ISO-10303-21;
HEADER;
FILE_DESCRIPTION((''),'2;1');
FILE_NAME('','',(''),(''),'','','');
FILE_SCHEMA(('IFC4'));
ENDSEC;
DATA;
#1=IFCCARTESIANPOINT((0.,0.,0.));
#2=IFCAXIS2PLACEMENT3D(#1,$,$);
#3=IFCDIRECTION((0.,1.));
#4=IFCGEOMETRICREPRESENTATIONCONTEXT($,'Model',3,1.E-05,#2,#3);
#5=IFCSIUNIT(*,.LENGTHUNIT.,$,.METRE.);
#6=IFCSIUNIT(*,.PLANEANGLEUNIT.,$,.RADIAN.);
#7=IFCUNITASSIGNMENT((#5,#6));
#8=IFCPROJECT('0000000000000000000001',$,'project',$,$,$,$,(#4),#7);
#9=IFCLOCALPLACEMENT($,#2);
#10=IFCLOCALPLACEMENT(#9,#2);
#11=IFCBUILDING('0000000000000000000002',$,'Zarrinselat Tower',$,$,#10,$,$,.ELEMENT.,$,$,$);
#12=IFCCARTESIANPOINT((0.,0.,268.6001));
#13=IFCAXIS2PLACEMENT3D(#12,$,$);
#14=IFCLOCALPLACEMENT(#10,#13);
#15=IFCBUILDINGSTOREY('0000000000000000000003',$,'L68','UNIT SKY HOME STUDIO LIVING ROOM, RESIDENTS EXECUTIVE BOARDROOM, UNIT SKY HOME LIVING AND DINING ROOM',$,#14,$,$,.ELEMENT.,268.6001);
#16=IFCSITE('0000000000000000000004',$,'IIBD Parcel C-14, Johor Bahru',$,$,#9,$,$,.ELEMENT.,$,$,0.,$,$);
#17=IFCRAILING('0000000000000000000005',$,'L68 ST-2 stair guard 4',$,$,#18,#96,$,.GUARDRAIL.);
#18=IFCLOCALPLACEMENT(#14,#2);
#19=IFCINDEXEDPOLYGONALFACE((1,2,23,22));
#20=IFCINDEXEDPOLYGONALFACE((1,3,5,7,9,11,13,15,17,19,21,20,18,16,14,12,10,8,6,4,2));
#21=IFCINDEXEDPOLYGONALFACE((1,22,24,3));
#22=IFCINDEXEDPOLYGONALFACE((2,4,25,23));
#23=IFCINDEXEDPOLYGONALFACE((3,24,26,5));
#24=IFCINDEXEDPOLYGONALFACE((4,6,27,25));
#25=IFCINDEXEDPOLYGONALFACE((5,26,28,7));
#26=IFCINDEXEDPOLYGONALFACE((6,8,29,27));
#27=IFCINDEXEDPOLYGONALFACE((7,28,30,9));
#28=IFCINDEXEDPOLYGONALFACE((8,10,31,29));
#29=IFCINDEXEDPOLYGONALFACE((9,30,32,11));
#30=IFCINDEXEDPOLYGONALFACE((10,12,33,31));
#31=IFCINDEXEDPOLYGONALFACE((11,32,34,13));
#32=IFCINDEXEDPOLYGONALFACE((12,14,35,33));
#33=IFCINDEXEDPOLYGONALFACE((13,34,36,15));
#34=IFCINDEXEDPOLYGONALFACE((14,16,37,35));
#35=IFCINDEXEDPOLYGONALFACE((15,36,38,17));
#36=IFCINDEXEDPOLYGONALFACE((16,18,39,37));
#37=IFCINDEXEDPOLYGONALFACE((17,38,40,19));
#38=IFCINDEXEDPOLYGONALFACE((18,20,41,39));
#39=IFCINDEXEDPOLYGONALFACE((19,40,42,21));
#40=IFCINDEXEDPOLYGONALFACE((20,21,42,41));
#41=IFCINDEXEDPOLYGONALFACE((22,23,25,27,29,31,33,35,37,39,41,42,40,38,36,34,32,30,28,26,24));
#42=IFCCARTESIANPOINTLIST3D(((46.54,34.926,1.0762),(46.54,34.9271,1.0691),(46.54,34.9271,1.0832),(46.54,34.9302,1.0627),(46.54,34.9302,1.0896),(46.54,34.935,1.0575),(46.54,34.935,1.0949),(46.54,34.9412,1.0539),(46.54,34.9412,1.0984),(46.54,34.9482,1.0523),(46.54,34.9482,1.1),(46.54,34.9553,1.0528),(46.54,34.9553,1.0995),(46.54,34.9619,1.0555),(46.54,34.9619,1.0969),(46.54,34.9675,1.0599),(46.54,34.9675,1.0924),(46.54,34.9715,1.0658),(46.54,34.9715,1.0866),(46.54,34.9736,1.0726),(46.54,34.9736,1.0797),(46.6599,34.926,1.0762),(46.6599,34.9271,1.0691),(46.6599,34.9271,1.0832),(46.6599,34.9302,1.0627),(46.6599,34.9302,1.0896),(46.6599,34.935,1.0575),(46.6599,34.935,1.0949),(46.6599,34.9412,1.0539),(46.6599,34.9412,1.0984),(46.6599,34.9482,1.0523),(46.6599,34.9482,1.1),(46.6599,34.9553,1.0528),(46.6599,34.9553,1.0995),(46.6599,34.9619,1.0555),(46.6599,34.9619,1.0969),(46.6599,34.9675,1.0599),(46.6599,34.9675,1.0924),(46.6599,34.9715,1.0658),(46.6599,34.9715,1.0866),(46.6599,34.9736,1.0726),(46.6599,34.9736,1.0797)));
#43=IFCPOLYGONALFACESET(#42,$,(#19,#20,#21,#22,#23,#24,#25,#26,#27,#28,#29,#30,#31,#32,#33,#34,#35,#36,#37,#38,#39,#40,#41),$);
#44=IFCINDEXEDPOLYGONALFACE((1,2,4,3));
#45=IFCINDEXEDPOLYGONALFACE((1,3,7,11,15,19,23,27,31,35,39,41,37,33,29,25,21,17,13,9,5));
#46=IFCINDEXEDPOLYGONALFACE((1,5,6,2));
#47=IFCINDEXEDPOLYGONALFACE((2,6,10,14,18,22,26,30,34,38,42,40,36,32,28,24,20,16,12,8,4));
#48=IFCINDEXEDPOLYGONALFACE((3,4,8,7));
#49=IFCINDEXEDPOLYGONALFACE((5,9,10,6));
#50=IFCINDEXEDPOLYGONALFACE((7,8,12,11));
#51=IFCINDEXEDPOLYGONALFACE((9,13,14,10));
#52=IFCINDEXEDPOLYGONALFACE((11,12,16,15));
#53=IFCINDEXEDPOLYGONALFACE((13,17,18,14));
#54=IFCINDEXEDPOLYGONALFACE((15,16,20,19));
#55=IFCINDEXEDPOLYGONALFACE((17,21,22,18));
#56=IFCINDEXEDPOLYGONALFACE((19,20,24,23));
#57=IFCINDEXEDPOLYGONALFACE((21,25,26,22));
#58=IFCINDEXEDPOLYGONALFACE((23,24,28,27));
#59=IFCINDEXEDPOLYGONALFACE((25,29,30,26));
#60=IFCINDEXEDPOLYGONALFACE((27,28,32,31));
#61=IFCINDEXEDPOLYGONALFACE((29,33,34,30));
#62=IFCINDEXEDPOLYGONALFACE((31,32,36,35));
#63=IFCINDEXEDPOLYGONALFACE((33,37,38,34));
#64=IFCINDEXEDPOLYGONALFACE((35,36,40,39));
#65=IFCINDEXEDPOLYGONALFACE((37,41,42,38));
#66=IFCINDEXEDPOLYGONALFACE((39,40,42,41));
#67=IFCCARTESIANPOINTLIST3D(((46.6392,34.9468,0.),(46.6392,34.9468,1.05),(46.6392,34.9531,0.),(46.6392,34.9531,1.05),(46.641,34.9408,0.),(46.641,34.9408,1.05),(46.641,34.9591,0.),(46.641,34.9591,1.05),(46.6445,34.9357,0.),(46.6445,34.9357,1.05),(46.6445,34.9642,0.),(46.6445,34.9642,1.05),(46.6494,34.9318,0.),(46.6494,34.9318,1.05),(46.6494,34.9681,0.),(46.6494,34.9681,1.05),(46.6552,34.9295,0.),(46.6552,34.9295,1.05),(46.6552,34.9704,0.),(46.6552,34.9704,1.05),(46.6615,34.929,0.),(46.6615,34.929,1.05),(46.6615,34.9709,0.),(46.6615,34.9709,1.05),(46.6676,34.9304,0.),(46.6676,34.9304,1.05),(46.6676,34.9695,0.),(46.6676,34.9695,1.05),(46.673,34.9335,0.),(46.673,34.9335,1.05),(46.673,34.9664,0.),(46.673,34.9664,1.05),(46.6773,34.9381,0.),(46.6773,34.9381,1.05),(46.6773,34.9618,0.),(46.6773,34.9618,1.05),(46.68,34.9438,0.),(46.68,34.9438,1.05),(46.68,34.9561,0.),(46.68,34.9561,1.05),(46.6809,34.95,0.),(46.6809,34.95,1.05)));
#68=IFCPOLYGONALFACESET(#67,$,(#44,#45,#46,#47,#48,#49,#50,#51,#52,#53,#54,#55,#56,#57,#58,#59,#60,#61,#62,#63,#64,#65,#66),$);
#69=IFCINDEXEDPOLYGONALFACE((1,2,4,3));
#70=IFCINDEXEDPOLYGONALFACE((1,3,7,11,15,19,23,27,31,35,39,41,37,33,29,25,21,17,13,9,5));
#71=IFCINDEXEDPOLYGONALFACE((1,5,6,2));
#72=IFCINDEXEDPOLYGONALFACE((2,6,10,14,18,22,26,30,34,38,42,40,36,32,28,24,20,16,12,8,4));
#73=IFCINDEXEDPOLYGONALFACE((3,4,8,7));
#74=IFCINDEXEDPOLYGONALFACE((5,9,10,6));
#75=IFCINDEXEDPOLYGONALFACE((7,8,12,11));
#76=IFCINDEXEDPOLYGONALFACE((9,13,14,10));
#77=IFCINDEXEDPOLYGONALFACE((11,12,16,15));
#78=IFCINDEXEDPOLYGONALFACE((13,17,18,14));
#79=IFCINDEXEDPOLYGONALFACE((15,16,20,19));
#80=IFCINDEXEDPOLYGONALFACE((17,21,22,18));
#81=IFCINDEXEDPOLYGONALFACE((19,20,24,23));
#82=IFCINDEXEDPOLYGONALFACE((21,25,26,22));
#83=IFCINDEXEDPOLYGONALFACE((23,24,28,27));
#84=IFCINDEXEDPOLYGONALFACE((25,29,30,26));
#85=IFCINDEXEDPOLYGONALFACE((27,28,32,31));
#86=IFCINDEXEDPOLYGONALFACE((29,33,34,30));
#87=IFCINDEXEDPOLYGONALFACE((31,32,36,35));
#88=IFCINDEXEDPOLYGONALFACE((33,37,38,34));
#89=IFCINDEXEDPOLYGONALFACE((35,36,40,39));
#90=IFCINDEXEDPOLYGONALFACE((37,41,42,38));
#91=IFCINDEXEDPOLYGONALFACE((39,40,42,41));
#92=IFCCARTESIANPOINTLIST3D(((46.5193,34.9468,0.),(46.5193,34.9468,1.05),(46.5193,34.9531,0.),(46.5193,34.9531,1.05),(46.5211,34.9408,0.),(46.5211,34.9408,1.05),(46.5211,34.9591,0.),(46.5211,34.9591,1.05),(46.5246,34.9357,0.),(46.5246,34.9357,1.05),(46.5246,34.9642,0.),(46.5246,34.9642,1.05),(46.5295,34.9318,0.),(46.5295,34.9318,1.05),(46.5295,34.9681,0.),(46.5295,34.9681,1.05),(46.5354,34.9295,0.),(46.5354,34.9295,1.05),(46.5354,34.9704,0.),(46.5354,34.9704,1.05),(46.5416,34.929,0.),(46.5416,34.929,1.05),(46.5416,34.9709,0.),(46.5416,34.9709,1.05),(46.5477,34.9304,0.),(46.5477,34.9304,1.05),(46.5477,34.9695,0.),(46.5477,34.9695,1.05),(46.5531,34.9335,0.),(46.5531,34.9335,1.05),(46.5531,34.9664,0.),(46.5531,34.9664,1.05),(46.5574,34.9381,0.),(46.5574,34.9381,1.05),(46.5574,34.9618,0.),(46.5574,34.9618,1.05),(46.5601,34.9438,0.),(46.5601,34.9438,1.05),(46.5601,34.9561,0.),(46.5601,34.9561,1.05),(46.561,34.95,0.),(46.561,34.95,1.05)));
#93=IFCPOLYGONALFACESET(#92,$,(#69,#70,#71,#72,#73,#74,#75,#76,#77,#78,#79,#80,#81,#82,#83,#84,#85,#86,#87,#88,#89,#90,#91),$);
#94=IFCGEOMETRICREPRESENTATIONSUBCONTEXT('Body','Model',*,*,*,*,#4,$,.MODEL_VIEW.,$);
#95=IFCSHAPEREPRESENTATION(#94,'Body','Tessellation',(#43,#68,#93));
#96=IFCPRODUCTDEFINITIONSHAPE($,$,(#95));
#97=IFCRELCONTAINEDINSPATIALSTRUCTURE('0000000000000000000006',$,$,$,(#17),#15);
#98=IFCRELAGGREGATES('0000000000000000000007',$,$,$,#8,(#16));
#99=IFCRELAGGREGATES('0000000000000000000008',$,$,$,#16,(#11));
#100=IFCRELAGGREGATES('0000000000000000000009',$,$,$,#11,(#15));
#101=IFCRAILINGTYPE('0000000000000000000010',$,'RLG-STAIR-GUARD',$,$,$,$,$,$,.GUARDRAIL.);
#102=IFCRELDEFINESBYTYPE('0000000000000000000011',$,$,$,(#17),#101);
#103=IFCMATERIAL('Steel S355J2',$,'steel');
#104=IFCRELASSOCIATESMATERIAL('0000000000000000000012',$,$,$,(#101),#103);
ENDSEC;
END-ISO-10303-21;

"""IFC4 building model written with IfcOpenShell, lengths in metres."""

from ifc_helpers import new_model, si_unit, direction, frame, origin, origin_2d, place, context, subcontext, project, spatial, circle, extrude, material, type_object, element, save


model = new_model("IFC4")

# Units and contexts
model_context = context("Model", 3, precision=1e-05, world=origin(), true_north=direction((0.0, 1.0)))
body_context = subcontext(model_context, "Body", "Model", "MODEL_VIEW")
ifc_project = project(units=[si_unit("LENGTHUNIT", "METRE"), si_unit("PLANEANGLEUNIT", "RADIAN")], contexts=[model_context])

# Site, building, storey
site_placement = place(None, origin())
site = spatial("IfcSite", under=ifc_project, at=site_placement, Name="IIBD Parcel C-14, Johor Bahru", CompositionType="ELEMENT", RefElevation=0.0)
building_placement = place(site_placement, origin())
building = spatial("IfcBuilding", under=site, at=building_placement, Name="Zarrinselat Tower", CompositionType="ELEMENT")
storey_placement = place(building_placement, frame((0.0, 0.0, 268.6001)))
storey = spatial("IfcBuildingStorey", under=building, at=storey_placement, Name="L68", Description="UNIT SKY HOME STUDIO LIVING ROOM, RESIDENTS EXECUTIVE BOARDROOM, UNIT SKY HOME LIVING AND DINING ROOM", CompositionType="ELEMENT", Elevation=268.6001)

# Railing
ifc_material_1 = material(Name="Steel S355J2", Category="steel")
railing_type_1 = type_object("IfcRailingType", Name="RLG-STAIR-GUARD", PredefinedType="GUARDRAIL", material=ifc_material_1)
railing_1_placement = place(storey_placement, frame((46.6599, 34.95, 0.0)))
element("IfcRailing", 1, at=railing_1_placement, inside=storey, type_object=railing_type_1, Name="L68 ST-2 stair guard 4", PredefinedType="GUARDRAIL", context=body_context, shape_type="SweptSolid", body=[
    extrude(circle(Radius=0.0239, at=origin_2d()), frame((0.0, 0.0, 1.0762), z_axis=(-1.0, 0.0, 0.0), x_axis=(0.0, -1.0, 0.0)), (0.0, 0.0, 1.0), 0.1199),
    extrude(circle(Radius=0.021, at=origin_2d()), origin(), (0.0, 0.0, 1.0), 1.05),
    extrude(circle(Radius=0.021, at=origin_2d()), frame((-0.1199, 0.0, 0.0)), (0.0, 0.0, 1.0), 1.05),
])

save(model, "model.ifc")
